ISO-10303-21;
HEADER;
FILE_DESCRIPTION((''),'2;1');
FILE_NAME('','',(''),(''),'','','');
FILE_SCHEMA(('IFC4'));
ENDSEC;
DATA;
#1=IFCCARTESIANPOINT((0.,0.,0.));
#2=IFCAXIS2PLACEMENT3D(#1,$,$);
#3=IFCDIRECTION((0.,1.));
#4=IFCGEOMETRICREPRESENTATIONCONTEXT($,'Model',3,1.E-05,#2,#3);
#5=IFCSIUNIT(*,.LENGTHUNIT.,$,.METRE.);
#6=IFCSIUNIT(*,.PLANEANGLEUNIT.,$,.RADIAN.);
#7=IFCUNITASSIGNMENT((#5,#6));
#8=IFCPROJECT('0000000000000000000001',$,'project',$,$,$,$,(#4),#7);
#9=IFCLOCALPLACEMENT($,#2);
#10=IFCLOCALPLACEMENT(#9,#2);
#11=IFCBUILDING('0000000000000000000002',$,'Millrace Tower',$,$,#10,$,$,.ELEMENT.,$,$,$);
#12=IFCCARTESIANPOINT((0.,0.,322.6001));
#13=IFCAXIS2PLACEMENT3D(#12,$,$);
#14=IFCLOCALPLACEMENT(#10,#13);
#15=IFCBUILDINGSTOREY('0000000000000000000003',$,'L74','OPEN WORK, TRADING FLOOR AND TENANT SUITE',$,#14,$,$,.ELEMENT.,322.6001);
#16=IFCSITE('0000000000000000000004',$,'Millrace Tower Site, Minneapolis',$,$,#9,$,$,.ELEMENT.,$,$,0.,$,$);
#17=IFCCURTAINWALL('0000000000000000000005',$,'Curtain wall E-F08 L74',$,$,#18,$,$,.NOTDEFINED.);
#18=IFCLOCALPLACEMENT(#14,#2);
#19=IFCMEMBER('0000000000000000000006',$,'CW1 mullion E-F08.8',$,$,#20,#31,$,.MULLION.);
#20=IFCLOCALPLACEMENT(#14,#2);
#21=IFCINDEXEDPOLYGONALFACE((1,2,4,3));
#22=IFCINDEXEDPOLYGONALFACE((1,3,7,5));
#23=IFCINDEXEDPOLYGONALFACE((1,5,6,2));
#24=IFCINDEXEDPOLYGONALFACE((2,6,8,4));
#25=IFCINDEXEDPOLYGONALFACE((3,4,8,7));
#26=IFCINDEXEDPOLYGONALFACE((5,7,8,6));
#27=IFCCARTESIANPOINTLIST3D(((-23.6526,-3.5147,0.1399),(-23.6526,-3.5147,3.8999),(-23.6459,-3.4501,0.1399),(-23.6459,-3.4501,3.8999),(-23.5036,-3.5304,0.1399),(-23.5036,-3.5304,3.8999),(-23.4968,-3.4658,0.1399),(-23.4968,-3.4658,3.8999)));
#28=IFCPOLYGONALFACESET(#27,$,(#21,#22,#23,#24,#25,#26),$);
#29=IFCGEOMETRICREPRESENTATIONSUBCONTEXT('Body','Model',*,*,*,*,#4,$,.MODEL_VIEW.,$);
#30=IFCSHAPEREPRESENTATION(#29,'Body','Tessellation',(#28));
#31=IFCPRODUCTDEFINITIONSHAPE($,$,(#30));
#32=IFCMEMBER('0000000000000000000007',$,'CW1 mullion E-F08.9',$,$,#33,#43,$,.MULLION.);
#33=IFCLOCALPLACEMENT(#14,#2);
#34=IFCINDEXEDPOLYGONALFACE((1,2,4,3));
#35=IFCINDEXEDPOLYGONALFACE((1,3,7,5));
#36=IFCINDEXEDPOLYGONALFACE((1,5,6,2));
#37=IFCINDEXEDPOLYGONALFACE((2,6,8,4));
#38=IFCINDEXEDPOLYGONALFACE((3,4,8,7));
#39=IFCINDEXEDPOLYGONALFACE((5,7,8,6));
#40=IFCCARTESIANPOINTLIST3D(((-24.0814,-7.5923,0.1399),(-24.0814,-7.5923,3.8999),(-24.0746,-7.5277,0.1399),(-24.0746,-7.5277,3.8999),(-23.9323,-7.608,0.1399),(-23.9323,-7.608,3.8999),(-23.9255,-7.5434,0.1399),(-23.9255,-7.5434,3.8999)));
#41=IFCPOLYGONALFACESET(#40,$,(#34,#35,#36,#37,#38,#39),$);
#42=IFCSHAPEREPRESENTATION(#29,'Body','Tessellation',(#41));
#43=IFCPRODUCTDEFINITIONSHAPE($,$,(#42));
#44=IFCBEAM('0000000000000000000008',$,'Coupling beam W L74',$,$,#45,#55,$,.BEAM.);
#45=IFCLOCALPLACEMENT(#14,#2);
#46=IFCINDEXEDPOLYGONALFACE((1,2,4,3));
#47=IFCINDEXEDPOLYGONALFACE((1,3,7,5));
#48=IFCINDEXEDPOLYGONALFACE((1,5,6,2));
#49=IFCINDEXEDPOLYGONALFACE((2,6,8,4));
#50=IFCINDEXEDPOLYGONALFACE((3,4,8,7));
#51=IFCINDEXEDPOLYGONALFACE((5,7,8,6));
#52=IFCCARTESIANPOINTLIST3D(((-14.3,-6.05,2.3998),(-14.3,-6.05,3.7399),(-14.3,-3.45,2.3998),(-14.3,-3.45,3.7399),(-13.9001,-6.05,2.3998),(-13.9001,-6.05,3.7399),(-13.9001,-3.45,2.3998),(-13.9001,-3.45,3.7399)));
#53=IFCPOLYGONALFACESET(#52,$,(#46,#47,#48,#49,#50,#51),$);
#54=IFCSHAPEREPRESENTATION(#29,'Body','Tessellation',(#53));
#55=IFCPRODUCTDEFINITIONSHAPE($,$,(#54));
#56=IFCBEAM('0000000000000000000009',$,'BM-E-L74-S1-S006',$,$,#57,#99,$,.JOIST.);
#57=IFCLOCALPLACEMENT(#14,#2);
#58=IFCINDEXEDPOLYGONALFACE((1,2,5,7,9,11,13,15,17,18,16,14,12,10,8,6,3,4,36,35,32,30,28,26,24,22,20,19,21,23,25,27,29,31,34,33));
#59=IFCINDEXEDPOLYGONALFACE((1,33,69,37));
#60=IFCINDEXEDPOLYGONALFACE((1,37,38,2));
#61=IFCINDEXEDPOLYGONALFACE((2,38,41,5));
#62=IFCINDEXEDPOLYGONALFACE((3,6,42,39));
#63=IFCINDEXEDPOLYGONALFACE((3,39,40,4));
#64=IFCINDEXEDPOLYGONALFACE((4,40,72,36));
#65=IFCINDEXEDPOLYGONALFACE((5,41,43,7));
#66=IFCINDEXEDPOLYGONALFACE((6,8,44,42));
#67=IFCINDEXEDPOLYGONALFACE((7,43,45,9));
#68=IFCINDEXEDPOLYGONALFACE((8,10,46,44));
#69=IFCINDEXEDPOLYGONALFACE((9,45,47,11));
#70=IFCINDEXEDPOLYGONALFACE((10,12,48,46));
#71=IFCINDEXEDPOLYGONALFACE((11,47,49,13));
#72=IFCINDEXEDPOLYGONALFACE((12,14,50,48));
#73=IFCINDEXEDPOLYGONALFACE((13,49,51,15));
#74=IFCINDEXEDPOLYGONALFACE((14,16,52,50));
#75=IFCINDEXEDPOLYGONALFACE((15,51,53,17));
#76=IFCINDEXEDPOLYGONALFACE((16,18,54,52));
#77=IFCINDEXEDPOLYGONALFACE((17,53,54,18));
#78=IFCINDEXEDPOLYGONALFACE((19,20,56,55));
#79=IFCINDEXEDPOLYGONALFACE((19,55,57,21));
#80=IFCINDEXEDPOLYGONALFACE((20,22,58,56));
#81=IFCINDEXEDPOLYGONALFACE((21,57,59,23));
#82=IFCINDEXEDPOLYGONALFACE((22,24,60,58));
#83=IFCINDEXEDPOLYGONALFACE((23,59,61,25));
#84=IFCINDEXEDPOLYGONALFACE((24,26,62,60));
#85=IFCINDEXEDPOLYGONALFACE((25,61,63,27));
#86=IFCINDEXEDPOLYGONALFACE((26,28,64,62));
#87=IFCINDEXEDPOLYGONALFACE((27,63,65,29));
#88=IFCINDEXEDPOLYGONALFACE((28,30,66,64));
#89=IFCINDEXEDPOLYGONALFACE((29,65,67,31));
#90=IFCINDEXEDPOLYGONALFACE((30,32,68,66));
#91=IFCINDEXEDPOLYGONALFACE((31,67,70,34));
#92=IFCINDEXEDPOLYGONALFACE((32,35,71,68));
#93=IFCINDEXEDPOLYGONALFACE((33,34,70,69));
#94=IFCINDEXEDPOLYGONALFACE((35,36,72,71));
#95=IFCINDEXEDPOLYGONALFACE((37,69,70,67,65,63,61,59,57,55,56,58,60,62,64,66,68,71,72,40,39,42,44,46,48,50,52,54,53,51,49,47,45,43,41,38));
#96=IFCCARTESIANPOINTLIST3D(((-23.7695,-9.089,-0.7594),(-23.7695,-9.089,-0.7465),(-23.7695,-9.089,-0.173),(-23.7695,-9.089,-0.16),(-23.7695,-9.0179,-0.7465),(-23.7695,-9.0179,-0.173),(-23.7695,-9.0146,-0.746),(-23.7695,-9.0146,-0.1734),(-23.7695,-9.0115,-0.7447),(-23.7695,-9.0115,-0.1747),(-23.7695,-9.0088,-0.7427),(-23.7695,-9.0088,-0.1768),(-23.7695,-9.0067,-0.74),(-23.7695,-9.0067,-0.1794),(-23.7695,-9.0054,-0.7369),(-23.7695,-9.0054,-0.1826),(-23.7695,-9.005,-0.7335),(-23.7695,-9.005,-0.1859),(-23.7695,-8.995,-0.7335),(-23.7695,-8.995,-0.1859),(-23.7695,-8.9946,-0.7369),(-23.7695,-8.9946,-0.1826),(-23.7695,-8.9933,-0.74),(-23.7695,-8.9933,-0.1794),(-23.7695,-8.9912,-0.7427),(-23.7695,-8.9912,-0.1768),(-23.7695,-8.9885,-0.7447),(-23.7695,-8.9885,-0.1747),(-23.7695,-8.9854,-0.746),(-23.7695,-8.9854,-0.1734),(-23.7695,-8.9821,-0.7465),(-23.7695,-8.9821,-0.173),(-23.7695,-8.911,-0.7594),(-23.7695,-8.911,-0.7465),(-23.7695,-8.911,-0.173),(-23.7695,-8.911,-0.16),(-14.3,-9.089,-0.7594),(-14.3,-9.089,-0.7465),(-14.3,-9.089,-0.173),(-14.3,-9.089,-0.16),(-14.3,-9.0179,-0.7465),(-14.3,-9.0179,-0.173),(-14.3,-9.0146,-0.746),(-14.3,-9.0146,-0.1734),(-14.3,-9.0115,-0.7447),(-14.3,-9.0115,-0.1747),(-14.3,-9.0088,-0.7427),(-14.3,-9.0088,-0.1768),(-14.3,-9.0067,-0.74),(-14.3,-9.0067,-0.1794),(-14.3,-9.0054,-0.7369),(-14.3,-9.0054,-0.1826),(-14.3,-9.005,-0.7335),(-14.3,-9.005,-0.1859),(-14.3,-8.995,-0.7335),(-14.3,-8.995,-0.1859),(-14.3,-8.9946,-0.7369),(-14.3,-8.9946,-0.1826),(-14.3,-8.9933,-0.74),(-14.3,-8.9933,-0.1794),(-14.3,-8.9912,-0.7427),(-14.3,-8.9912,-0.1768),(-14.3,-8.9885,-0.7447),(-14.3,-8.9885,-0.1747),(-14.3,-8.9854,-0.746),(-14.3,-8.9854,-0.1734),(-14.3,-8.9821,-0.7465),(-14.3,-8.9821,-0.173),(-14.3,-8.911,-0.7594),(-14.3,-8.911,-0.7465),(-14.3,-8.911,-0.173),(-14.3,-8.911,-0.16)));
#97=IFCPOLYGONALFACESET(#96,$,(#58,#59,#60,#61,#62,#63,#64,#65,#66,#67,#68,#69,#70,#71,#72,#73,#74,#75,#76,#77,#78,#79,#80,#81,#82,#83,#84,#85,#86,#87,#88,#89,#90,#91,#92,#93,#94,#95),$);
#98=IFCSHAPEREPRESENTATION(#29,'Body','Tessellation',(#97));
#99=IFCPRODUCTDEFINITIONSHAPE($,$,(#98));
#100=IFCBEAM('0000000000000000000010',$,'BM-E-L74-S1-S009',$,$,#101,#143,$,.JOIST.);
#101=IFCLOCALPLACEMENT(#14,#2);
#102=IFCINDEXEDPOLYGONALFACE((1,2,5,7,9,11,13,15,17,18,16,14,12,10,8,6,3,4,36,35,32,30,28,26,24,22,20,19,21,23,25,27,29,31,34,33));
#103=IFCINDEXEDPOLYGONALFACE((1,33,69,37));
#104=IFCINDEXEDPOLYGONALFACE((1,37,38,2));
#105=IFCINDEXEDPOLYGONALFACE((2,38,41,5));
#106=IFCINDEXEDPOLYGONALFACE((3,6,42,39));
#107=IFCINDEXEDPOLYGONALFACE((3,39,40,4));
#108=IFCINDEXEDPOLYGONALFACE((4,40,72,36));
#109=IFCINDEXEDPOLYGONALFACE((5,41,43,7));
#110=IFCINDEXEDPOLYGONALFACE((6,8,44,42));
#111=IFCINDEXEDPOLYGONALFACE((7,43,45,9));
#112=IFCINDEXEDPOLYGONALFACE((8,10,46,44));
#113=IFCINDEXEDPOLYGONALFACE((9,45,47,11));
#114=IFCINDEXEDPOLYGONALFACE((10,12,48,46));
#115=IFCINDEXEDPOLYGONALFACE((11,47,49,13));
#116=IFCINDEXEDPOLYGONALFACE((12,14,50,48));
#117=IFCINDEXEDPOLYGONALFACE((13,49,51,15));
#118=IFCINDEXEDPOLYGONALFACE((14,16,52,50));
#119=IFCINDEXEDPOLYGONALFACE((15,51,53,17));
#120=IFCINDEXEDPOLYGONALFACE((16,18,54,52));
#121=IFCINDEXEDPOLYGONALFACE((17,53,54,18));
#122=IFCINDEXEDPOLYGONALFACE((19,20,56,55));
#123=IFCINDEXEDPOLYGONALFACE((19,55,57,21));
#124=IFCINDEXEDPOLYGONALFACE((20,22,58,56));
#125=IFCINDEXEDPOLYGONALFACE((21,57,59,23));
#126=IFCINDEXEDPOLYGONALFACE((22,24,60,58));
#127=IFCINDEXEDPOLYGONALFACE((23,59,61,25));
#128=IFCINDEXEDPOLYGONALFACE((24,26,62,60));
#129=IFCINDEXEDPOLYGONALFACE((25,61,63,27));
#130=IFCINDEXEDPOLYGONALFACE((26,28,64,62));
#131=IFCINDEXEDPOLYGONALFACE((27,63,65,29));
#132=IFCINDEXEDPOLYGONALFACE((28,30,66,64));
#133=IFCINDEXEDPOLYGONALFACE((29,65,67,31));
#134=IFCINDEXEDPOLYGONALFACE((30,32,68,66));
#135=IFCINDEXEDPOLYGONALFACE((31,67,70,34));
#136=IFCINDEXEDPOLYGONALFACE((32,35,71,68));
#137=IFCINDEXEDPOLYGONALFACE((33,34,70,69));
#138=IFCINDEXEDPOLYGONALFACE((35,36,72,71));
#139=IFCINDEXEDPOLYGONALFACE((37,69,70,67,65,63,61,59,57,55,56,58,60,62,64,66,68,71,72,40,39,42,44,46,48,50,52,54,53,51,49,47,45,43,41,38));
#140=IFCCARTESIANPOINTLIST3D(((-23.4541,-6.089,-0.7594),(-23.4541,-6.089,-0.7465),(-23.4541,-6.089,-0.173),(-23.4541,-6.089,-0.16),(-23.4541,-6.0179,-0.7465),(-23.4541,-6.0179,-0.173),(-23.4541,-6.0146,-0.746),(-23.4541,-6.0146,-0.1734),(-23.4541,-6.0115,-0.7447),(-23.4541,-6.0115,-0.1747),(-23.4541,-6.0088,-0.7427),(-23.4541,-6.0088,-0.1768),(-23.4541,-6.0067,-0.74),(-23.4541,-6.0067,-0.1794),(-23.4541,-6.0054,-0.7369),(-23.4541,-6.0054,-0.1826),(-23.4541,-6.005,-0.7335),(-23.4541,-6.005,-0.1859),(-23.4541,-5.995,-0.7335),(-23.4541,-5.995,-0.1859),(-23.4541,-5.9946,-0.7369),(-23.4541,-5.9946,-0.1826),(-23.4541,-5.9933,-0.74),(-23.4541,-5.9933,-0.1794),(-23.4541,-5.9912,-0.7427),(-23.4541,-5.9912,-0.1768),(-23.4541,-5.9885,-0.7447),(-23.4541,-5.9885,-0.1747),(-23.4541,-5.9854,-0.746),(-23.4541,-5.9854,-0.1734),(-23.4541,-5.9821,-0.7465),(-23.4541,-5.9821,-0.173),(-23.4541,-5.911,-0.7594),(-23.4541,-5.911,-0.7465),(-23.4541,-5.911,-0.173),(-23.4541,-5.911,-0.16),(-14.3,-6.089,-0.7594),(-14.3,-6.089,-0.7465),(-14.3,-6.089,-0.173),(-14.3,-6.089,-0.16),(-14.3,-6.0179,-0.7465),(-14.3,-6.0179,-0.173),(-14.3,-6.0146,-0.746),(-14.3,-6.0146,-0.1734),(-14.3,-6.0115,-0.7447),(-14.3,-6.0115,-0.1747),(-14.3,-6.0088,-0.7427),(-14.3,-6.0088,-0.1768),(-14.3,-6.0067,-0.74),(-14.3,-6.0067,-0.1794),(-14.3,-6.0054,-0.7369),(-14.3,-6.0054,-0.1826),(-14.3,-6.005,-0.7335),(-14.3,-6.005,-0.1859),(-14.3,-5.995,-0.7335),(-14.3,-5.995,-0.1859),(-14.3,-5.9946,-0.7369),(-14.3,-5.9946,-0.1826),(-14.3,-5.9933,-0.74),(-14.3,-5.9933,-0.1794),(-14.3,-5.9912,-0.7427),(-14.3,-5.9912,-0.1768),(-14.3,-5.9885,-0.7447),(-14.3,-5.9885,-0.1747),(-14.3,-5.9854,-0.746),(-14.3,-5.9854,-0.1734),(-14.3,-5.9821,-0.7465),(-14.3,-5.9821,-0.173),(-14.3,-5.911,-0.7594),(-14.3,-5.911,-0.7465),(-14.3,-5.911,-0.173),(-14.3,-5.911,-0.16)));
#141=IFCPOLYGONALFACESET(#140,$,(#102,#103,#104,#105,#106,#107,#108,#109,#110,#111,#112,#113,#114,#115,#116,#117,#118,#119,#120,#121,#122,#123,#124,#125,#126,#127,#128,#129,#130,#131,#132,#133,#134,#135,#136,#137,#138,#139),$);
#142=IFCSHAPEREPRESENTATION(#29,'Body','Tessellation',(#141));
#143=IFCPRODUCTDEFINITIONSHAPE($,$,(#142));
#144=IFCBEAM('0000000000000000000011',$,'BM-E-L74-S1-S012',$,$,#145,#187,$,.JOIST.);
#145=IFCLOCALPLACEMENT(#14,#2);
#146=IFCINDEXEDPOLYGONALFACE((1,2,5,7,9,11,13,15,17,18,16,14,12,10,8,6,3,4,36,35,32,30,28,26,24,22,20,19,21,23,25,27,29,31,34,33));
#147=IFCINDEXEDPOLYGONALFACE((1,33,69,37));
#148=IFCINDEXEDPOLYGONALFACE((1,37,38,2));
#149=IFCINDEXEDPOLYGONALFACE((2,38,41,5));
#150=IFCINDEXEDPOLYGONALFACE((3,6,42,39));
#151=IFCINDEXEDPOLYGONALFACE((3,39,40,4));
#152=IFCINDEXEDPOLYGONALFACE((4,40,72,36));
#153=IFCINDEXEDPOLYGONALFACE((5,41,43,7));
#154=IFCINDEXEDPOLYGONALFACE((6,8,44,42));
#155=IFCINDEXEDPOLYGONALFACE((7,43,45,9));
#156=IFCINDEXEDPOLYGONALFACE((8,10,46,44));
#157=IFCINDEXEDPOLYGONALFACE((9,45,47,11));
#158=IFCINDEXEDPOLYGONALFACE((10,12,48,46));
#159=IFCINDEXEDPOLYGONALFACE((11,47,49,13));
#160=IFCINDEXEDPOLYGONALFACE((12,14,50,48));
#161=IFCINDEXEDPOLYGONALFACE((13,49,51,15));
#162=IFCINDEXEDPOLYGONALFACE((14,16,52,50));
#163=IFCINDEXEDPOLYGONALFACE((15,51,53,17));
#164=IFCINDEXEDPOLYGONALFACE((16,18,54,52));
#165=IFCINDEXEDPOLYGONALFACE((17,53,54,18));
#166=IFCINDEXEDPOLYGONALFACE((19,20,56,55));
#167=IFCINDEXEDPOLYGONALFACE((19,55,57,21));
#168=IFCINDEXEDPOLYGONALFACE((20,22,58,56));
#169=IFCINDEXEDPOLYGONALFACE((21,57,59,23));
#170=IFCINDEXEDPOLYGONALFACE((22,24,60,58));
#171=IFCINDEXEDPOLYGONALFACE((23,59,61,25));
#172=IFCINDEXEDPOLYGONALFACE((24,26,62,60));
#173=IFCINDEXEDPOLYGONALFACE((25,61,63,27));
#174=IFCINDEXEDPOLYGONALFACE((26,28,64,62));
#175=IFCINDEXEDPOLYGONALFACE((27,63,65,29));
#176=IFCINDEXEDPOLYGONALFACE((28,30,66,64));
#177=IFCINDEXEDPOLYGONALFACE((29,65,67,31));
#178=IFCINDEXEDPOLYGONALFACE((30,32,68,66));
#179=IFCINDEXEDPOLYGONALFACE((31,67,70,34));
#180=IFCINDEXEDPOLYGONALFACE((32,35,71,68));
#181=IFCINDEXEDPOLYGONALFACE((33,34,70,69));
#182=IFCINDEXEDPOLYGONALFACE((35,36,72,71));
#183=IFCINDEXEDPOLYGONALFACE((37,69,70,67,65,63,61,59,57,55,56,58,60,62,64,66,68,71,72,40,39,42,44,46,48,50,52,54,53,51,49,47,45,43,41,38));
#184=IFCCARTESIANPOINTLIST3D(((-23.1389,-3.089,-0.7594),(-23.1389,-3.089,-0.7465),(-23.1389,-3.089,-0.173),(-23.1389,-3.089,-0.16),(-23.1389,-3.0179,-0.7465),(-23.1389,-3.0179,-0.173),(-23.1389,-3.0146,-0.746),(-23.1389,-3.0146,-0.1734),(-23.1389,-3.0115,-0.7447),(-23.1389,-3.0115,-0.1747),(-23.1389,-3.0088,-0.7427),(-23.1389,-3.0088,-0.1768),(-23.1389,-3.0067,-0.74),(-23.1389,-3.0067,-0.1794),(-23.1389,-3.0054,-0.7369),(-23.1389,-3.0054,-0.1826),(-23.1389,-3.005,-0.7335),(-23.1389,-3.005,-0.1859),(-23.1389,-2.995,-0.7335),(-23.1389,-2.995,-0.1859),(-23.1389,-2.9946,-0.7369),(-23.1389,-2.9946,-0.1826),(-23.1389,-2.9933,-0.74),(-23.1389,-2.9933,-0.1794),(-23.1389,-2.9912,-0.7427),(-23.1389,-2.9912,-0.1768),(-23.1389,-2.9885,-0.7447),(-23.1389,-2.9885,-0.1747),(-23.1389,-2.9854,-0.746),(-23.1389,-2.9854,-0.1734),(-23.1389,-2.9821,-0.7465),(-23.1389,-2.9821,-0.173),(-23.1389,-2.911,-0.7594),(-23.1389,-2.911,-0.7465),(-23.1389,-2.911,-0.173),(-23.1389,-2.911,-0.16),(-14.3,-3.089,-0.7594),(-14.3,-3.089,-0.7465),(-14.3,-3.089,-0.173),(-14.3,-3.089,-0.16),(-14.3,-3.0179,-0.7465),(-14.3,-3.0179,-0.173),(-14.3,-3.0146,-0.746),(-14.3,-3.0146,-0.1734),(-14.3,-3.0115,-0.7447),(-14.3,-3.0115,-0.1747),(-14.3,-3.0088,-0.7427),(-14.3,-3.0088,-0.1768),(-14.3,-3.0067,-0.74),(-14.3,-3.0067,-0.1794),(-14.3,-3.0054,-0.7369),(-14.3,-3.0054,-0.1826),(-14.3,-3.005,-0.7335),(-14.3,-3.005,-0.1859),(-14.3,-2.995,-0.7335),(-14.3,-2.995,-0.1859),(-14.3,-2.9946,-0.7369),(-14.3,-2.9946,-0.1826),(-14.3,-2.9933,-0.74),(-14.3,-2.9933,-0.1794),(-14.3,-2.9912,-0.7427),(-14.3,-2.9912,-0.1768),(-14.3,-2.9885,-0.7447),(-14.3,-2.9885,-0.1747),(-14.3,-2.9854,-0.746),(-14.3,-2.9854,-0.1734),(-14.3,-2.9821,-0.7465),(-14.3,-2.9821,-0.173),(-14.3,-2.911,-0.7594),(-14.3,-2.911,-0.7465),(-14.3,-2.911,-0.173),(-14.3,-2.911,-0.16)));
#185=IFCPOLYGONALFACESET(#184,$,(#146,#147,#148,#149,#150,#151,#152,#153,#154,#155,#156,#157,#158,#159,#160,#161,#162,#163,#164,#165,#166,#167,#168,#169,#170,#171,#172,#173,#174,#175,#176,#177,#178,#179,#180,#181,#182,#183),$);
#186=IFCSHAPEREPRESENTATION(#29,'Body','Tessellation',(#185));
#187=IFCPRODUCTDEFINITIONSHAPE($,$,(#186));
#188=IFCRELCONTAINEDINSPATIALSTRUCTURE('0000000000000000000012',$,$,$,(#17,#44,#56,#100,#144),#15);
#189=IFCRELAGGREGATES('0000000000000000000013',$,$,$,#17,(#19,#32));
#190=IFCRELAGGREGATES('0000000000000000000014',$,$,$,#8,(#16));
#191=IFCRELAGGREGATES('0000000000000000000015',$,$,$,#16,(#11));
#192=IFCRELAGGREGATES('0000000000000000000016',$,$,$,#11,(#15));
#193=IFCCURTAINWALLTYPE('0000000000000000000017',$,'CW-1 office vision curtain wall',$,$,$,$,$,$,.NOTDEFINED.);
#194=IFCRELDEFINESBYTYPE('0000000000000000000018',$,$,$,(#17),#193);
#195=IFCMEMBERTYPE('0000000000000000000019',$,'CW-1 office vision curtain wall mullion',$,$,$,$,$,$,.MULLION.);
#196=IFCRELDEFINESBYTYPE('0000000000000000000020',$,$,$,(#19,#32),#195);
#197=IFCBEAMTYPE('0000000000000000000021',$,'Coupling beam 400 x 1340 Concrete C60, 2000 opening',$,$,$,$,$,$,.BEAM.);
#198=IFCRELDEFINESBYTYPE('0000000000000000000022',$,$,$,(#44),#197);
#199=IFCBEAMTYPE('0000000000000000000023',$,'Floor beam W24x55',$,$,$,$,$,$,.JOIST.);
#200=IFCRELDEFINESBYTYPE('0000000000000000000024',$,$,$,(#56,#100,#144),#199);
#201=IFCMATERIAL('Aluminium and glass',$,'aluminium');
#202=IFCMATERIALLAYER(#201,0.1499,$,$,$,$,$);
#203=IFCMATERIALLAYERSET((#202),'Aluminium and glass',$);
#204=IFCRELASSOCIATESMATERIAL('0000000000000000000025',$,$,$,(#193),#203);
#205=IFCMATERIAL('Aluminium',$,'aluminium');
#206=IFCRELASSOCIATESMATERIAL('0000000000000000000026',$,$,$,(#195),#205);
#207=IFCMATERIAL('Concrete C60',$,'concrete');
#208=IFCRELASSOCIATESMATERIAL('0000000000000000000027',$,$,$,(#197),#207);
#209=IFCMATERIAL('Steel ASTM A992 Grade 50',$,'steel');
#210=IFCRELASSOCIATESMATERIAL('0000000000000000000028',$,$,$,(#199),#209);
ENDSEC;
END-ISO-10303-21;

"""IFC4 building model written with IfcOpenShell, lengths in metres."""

from ifc_helpers import new_model, si_unit, direction, frame, origin, origin_2d, place, context, subcontext, project, spatial, rectangle, i_section, extrude, material, layer, layer_set, material_profile, profile_set, type_object, element, aggregate, save


model = new_model("IFC4")

# Units and contexts
model_context = context("Model", 3, precision=1e-05, world=origin(), true_north=direction((0.0, 1.0)))
body_context = subcontext(model_context, "Body", "Model", "MODEL_VIEW")
ifc_project = project(units=[si_unit("LENGTHUNIT", "METRE"), si_unit("PLANEANGLEUNIT", "RADIAN")], contexts=[model_context])

# Site, building, storey
site_placement = place(None, origin())
site = spatial("IfcSite", under=ifc_project, at=site_placement, Name="Millrace Tower Site, Minneapolis", CompositionType="ELEMENT", RefElevation=0.0)
building_placement = place(site_placement, origin())
building = spatial("IfcBuilding", under=site, at=building_placement, Name="Millrace Tower", CompositionType="ELEMENT")
storey_placement = place(building_placement, frame((0.0, 0.0, 322.6001)))
storey = spatial("IfcBuildingStorey", under=building, at=storey_placement, Name="L74", Description="OPEN WORK, TRADING FLOOR AND TENANT SUITE", CompositionType="ELEMENT", Elevation=322.6001)

# Curtain wall, members
ifc_material_1 = material(Name="Aluminium and glass", Category="aluminium")
ifc_layer_1 = layer(ifc_material_1, 0.1499)
ifc_layer_set_1 = layer_set([ifc_layer_1], Name="Aluminium and glass")
curtain_wall_type = type_object("IfcCurtainWallType", Name="CW-1 office vision curtain wall", PredefinedType="NOTDEFINED", material=ifc_layer_set_1)
curtain_wall_placement = place(storey_placement, origin())
curtain_wall = element("IfcCurtainWall", 1, at=curtain_wall_placement, inside=storey, type_object=curtain_wall_type, Name="Curtain wall E-F08 L74", PredefinedType="NOTDEFINED")
ifc_material_2 = material(Name="Aluminium", Category="aluminium")
ifc_material_profile_1 = material_profile(ifc_material_2, rectangle(XDim=0.0649, YDim=0.1499, at=origin_2d()))
ifc_profile_set_1 = profile_set([ifc_material_profile_1], Name="Aluminium")
member_type = type_object("IfcMemberType", Name="CW-1 office vision curtain wall mullion", PredefinedType="MULLION", material=ifc_profile_set_1)
member_1_placement = place(storey_placement, frame((-23.5747, -3.4902, 0.1399), z_axis=(0.0, 0.0, 1.0), x_axis=(-0.104528, -0.994522, 0.0)))
member_1 = element("IfcMember", 2, at=member_1_placement, type_object=member_type, Name="CW1 mullion E-F08.8", PredefinedType="MULLION", context=body_context, shape_type="SweptSolid", body=[
    extrude(rectangle(XDim=0.0649, YDim=0.1499, at=origin_2d()), origin(), (0.0, 0.0, 1.0), 3.76),
])
member_2_placement = place(storey_placement, frame((-24.0034, -7.5679, 0.1399), z_axis=(0.0, 0.0, 1.0), x_axis=(-0.104528, -0.994522, 0.0)))
member_2 = element("IfcMember", 3, at=member_2_placement, type_object=member_type, Name="CW1 mullion E-F08.9", PredefinedType="MULLION", context=body_context, shape_type="SweptSolid", body=[
    extrude(rectangle(XDim=0.0649, YDim=0.1499, at=origin_2d()), origin(), (0.0, 0.0, 1.0), 3.76),
])
aggregate(curtain_wall, [member_1, member_2])

# Beams
ifc_material_3 = material(Name="Concrete C60", Category="concrete")
ifc_material_profile_2 = material_profile(ifc_material_3, rectangle(XDim=0.3999, YDim=1.3401, at=origin_2d()))
ifc_profile_set_2 = profile_set([ifc_material_profile_2], Name="Concrete C60")
beam_type_1 = type_object("IfcBeamType", Name="Coupling beam 400 x 1340 Concrete C60, 2000 opening", PredefinedType="BEAM", material=ifc_profile_set_2)
beam_1_placement = place(storey_placement, frame((-14.1001, -6.05, 3.0698), z_axis=(0.0, 1.0, 0.0), x_axis=(-1.0, 0.0, 0.0)))
element("IfcBeam", 4, at=beam_1_placement, inside=storey, type_object=beam_type_1, Name="Coupling beam W L74", PredefinedType="BEAM", context=body_context, shape_type="SweptSolid", body=[
    extrude(rectangle(XDim=0.3999, YDim=1.3401, at=origin_2d()), origin(), (0.0, 0.0, 1.0), 2.6001),
])
ifc_material_4 = material(Name="Steel ASTM A992 Grade 50", Category="steel")
ifc_material_profile_3 = material_profile(ifc_material_4, i_section(OverallWidth=0.178, OverallDepth=0.5994, WebThickness=0.01, FlangeThickness=0.0129, FilletRadius=0.0129, at=origin_2d()))
ifc_profile_set_3 = profile_set([ifc_material_profile_3], Name="Steel ASTM A992 Grade 50")
beam_type_2 = type_object("IfcBeamType", Name="Floor beam W24x55", PredefinedType="JOIST", material=ifc_profile_set_3)
beam_2_placement = place(storey_placement, frame((-23.7695, -9.0, -0.4597), z_axis=(1.0, 0.0, 0.0), x_axis=(0.0, 1.0, 0.0)))
element("IfcBeam", 5, at=beam_2_placement, inside=storey, type_object=beam_type_2, Name="BM-E-L74-S1-S006", PredefinedType="JOIST", context=body_context, shape_type="SweptSolid", body=[
    extrude(i_section(OverallWidth=0.178, OverallDepth=0.5994, WebThickness=0.01, FlangeThickness=0.0129, FilletRadius=0.0129, at=origin_2d()), origin(), (0.0, 0.0, 1.0), 9.4695),
])
beam_3_placement = place(storey_placement, frame((-23.4541, -6.0, -0.4597), z_axis=(1.0, 0.0, 0.0), x_axis=(0.0, 1.0, 0.0)))
element("IfcBeam", 6, at=beam_3_placement, inside=storey, type_object=beam_type_2, Name="BM-E-L74-S1-S009", PredefinedType="JOIST", context=body_context, shape_type="SweptSolid", body=[
    extrude(i_section(OverallWidth=0.178, OverallDepth=0.5994, WebThickness=0.01, FlangeThickness=0.0129, FilletRadius=0.0129, at=origin_2d()), origin(), (0.0, 0.0, 1.0), 9.1541),
])
beam_4_placement = place(storey_placement, frame((-23.1389, -3.0, -0.4597), z_axis=(1.0, 0.0, 0.0), x_axis=(0.0, 1.0, 0.0)))
element("IfcBeam", 7, at=beam_4_placement, inside=storey, type_object=beam_type_2, Name="BM-E-L74-S1-S012", PredefinedType="JOIST", context=body_context, shape_type="SweptSolid", body=[
    extrude(i_section(OverallWidth=0.178, OverallDepth=0.5994, WebThickness=0.01, FlangeThickness=0.0129, FilletRadius=0.0129, at=origin_2d()), origin(), (0.0, 0.0, 1.0), 8.8389),
])

save(model, "model.ifc")
